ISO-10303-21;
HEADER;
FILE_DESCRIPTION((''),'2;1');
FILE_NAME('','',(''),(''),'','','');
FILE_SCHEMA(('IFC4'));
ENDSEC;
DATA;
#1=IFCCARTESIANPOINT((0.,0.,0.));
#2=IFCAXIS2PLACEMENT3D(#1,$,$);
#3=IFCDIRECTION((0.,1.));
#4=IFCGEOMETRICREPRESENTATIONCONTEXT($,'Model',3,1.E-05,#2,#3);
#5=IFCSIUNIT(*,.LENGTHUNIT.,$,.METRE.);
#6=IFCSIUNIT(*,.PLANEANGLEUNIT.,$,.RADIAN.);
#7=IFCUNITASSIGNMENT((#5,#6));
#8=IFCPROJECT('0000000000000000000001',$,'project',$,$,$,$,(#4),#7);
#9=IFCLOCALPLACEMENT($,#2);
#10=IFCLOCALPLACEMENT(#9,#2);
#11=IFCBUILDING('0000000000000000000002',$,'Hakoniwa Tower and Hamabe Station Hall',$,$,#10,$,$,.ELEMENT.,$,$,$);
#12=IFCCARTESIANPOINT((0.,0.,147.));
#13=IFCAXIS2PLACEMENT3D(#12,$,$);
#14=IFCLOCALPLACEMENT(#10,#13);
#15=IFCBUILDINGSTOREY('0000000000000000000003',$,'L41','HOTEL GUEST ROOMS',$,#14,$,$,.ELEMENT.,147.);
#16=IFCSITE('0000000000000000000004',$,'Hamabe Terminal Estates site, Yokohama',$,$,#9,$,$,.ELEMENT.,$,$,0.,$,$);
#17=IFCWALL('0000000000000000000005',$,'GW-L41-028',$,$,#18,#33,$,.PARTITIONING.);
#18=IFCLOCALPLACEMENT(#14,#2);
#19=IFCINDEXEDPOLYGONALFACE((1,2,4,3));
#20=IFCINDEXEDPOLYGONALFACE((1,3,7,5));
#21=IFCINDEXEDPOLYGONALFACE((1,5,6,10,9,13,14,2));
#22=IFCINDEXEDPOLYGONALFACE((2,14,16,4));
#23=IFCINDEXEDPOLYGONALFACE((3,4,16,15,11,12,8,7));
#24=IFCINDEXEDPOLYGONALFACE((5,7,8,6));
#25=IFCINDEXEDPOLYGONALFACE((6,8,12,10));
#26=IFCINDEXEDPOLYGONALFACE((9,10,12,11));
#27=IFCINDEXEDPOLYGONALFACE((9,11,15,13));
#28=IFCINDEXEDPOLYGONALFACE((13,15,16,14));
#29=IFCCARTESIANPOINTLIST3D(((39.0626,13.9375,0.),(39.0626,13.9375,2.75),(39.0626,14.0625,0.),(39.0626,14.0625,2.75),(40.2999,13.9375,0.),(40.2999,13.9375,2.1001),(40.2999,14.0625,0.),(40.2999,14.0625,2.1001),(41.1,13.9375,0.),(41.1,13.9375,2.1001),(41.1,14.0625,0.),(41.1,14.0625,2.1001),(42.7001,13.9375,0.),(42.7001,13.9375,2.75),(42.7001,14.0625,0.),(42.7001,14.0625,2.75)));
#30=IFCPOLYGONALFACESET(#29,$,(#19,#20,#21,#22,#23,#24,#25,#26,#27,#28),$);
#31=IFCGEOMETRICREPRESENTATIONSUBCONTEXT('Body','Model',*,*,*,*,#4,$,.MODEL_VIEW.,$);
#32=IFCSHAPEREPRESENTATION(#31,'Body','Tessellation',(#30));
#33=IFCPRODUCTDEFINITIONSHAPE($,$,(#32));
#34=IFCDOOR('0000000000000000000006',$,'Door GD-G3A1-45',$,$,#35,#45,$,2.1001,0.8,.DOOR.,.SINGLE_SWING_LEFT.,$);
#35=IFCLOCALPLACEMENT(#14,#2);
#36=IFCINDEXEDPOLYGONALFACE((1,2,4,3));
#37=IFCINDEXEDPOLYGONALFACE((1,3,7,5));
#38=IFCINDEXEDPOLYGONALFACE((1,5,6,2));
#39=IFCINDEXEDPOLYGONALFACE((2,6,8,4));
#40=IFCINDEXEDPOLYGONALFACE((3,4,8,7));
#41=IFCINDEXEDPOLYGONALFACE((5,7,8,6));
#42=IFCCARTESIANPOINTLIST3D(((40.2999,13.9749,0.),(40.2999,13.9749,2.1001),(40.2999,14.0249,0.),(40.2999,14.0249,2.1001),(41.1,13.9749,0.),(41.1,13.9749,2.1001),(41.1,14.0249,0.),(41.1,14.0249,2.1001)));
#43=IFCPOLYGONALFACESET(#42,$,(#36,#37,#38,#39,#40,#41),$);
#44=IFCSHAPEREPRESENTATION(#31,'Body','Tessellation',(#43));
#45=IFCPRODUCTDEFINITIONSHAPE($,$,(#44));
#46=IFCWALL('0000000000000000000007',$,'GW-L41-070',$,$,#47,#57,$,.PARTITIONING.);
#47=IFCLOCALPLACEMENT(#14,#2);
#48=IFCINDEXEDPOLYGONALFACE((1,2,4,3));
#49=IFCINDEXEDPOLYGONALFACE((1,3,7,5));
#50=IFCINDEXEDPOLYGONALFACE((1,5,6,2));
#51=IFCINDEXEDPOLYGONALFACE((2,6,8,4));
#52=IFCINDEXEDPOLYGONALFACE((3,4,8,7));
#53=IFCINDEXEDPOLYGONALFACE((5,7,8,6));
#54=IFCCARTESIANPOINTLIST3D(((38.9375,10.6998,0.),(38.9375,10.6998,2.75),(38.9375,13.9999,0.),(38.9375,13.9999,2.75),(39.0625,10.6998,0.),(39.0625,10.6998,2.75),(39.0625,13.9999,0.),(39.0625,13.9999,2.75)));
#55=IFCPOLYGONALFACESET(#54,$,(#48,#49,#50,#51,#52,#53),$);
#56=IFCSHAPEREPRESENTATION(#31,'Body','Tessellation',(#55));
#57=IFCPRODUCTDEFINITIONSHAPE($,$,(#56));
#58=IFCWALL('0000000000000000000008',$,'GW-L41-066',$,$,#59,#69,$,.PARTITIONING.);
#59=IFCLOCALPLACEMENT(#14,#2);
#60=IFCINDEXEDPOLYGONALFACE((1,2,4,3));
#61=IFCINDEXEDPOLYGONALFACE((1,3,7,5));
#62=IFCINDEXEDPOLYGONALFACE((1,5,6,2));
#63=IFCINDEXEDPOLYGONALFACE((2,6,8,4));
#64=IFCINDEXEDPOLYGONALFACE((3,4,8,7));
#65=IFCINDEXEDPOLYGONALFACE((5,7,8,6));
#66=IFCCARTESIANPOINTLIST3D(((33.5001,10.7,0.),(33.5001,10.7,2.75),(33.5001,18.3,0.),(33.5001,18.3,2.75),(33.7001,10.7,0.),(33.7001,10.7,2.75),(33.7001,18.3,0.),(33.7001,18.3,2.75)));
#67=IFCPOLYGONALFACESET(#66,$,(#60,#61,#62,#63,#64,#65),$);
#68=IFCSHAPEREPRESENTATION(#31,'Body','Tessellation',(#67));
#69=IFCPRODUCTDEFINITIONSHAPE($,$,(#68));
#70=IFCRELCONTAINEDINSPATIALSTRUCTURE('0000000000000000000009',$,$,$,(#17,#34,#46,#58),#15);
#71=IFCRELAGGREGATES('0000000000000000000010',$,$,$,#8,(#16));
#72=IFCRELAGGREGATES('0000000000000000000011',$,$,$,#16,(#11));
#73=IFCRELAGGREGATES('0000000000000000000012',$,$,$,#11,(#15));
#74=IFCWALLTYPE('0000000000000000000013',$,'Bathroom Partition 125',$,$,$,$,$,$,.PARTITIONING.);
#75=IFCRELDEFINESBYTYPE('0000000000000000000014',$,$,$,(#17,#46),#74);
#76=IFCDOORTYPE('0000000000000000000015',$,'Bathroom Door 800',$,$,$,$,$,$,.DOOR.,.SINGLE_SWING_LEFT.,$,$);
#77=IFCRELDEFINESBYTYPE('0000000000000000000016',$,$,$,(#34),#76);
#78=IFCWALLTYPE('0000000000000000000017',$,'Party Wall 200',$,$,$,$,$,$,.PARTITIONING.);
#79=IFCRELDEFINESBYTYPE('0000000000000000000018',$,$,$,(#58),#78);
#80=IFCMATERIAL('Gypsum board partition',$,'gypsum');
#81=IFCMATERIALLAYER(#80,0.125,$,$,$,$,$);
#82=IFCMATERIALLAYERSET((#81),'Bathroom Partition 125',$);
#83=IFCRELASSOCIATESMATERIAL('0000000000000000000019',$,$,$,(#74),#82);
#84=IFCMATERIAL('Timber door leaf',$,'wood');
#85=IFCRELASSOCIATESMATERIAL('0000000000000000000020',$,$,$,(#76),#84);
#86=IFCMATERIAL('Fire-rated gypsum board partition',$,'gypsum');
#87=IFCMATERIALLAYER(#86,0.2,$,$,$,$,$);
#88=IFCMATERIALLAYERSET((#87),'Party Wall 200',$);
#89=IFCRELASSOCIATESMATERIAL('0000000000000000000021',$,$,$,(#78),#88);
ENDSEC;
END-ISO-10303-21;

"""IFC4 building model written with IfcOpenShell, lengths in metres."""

from ifc_helpers import new_model, si_unit, direction, frame, frame_2d, origin, place, context, subcontext, project, spatial, rectangle, extrude, material, layer, layer_set, type_object, element, fill, save


model = new_model("IFC4")

# Units and contexts
model_context = context("Model", 3, precision=1e-05, world=origin(), true_north=direction((0.0, 1.0)))
body_context = subcontext(model_context, "Body", "Model", "MODEL_VIEW")
ifc_project = project(units=[si_unit("LENGTHUNIT", "METRE"), si_unit("PLANEANGLEUNIT", "RADIAN")], contexts=[model_context])

# Site, building, storey
site_placement = place(None, origin())
site = spatial("IfcSite", under=ifc_project, at=site_placement, Name="Hamabe Terminal Estates site, Yokohama", CompositionType="ELEMENT", RefElevation=0.0)
building_placement = place(site_placement, origin())
building = spatial("IfcBuilding", under=site, at=building_placement, Name="Hakoniwa Tower and Hamabe Station Hall", CompositionType="ELEMENT")
storey_placement = place(building_placement, frame((0.0, 0.0, 147.0)))
storey = spatial("IfcBuildingStorey", under=building, at=storey_placement, Name="L41", Description="HOTEL GUEST ROOMS", CompositionType="ELEMENT", Elevation=147.0)

# Wall, opening, door
ifc_material_1 = material(Name="Gypsum board partition", Category="gypsum")
ifc_layer_1 = layer(ifc_material_1, 0.125)
ifc_layer_set_1 = layer_set([ifc_layer_1], Name="Bathroom Partition 125")
wall_type_1 = type_object("IfcWallType", Name="Bathroom Partition 125", PredefinedType="PARTITIONING", material=ifc_layer_set_1)
ifc_material_2 = material(Name="Timber door leaf", Category="wood")
door_type = type_object("IfcDoorType", Name="Bathroom Door 800", OperationType="SINGLE_SWING_LEFT", PredefinedType="DOOR", material=ifc_material_2)
wall_1_placement = place(storey_placement, frame((39.0625, 14.0, 0.0), z_axis=(0.0, 0.0, 1.0), x_axis=(1.0, 0.0, 0.0)))
wall_1 = element("IfcWall", 1, at=wall_1_placement, inside=storey, type_object=wall_type_1, Name="GW-L41-028", PredefinedType="PARTITIONING", context=body_context, shape_type="SweptSolid", body=[
    extrude(rectangle(XDim=3.6375, YDim=0.125, at=frame_2d((1.8188, 0.0))), origin(), (0.0, 0.0, 1.0), 2.75),
])
opening_1_placement = place(wall_1_placement, frame((1.2375, 0.0, 0.0)))
opening_1 = element("IfcOpeningElement", 2, at=opening_1_placement, cuts=wall_1, PredefinedType="OPENING", context=body_context, shape_type="SweptSolid", body=[
    extrude(rectangle(XDim=0.8, YDim=2.1001, at=frame_2d((0.3999, 1.05))), frame((0.0, 0.0725, 0.0), z_axis=(0.0, -1.0, 0.0), x_axis=(1.0, 0.0, 0.0)), (0.0, 0.0, 1.0), 0.145),
])
door_1_placement = place(opening_1_placement, origin())
door_1 = element("IfcDoor", 3, at=door_1_placement, inside=storey, type_object=door_type, Name="Door GD-G3A1-45", OperationType="SINGLE_SWING_LEFT", OverallHeight=2.1001, OverallWidth=0.8, PredefinedType="DOOR", context=body_context, shape_type="SweptSolid", body=[
    extrude(rectangle(XDim=0.8, YDim=2.1001, at=frame_2d((0.3999, 1.05))), frame((0.0, 0.0249, 0.0), z_axis=(0.0, -1.0, 0.0), x_axis=(1.0, 0.0, 0.0)), (0.0, 0.0, 1.0), 0.05),
])
fill(opening_1, door_1)

# Walls
wall_2_placement = place(storey_placement, frame((39.0, 10.7, 0.0), z_axis=(0.0, 0.0, 1.0), x_axis=(0.0, 1.0, 0.0)))
element("IfcWall", 4, at=wall_2_placement, inside=storey, type_object=wall_type_1, Name="GW-L41-070", PredefinedType="PARTITIONING", context=body_context, shape_type="SweptSolid", body=[
    extrude(rectangle(XDim=3.3, YDim=0.125, at=frame_2d((1.6499, 0.0))), origin(), (0.0, 0.0, 1.0), 2.75),
])
ifc_material_3 = material(Name="Fire-rated gypsum board partition", Category="gypsum")
ifc_layer_2 = layer(ifc_material_3, 0.2)
ifc_layer_set_2 = layer_set([ifc_layer_2], Name="Party Wall 200")
wall_type_2 = type_object("IfcWallType", Name="Party Wall 200", PredefinedType="PARTITIONING", material=ifc_layer_set_2)
wall_3_placement = place(storey_placement, frame((33.6001, 10.7, 0.0), z_axis=(0.0, 0.0, 1.0), x_axis=(0.0, 1.0, 0.0)))
element("IfcWall", 5, at=wall_3_placement, inside=storey, type_object=wall_type_2, Name="GW-L41-066", PredefinedType="PARTITIONING", context=body_context, shape_type="SweptSolid", body=[
    extrude(rectangle(XDim=7.6001, YDim=0.2, at=frame_2d((3.8, 0.0))), origin(), (0.0, 0.0, 1.0), 2.75),
])

save(model, "model.ifc")
